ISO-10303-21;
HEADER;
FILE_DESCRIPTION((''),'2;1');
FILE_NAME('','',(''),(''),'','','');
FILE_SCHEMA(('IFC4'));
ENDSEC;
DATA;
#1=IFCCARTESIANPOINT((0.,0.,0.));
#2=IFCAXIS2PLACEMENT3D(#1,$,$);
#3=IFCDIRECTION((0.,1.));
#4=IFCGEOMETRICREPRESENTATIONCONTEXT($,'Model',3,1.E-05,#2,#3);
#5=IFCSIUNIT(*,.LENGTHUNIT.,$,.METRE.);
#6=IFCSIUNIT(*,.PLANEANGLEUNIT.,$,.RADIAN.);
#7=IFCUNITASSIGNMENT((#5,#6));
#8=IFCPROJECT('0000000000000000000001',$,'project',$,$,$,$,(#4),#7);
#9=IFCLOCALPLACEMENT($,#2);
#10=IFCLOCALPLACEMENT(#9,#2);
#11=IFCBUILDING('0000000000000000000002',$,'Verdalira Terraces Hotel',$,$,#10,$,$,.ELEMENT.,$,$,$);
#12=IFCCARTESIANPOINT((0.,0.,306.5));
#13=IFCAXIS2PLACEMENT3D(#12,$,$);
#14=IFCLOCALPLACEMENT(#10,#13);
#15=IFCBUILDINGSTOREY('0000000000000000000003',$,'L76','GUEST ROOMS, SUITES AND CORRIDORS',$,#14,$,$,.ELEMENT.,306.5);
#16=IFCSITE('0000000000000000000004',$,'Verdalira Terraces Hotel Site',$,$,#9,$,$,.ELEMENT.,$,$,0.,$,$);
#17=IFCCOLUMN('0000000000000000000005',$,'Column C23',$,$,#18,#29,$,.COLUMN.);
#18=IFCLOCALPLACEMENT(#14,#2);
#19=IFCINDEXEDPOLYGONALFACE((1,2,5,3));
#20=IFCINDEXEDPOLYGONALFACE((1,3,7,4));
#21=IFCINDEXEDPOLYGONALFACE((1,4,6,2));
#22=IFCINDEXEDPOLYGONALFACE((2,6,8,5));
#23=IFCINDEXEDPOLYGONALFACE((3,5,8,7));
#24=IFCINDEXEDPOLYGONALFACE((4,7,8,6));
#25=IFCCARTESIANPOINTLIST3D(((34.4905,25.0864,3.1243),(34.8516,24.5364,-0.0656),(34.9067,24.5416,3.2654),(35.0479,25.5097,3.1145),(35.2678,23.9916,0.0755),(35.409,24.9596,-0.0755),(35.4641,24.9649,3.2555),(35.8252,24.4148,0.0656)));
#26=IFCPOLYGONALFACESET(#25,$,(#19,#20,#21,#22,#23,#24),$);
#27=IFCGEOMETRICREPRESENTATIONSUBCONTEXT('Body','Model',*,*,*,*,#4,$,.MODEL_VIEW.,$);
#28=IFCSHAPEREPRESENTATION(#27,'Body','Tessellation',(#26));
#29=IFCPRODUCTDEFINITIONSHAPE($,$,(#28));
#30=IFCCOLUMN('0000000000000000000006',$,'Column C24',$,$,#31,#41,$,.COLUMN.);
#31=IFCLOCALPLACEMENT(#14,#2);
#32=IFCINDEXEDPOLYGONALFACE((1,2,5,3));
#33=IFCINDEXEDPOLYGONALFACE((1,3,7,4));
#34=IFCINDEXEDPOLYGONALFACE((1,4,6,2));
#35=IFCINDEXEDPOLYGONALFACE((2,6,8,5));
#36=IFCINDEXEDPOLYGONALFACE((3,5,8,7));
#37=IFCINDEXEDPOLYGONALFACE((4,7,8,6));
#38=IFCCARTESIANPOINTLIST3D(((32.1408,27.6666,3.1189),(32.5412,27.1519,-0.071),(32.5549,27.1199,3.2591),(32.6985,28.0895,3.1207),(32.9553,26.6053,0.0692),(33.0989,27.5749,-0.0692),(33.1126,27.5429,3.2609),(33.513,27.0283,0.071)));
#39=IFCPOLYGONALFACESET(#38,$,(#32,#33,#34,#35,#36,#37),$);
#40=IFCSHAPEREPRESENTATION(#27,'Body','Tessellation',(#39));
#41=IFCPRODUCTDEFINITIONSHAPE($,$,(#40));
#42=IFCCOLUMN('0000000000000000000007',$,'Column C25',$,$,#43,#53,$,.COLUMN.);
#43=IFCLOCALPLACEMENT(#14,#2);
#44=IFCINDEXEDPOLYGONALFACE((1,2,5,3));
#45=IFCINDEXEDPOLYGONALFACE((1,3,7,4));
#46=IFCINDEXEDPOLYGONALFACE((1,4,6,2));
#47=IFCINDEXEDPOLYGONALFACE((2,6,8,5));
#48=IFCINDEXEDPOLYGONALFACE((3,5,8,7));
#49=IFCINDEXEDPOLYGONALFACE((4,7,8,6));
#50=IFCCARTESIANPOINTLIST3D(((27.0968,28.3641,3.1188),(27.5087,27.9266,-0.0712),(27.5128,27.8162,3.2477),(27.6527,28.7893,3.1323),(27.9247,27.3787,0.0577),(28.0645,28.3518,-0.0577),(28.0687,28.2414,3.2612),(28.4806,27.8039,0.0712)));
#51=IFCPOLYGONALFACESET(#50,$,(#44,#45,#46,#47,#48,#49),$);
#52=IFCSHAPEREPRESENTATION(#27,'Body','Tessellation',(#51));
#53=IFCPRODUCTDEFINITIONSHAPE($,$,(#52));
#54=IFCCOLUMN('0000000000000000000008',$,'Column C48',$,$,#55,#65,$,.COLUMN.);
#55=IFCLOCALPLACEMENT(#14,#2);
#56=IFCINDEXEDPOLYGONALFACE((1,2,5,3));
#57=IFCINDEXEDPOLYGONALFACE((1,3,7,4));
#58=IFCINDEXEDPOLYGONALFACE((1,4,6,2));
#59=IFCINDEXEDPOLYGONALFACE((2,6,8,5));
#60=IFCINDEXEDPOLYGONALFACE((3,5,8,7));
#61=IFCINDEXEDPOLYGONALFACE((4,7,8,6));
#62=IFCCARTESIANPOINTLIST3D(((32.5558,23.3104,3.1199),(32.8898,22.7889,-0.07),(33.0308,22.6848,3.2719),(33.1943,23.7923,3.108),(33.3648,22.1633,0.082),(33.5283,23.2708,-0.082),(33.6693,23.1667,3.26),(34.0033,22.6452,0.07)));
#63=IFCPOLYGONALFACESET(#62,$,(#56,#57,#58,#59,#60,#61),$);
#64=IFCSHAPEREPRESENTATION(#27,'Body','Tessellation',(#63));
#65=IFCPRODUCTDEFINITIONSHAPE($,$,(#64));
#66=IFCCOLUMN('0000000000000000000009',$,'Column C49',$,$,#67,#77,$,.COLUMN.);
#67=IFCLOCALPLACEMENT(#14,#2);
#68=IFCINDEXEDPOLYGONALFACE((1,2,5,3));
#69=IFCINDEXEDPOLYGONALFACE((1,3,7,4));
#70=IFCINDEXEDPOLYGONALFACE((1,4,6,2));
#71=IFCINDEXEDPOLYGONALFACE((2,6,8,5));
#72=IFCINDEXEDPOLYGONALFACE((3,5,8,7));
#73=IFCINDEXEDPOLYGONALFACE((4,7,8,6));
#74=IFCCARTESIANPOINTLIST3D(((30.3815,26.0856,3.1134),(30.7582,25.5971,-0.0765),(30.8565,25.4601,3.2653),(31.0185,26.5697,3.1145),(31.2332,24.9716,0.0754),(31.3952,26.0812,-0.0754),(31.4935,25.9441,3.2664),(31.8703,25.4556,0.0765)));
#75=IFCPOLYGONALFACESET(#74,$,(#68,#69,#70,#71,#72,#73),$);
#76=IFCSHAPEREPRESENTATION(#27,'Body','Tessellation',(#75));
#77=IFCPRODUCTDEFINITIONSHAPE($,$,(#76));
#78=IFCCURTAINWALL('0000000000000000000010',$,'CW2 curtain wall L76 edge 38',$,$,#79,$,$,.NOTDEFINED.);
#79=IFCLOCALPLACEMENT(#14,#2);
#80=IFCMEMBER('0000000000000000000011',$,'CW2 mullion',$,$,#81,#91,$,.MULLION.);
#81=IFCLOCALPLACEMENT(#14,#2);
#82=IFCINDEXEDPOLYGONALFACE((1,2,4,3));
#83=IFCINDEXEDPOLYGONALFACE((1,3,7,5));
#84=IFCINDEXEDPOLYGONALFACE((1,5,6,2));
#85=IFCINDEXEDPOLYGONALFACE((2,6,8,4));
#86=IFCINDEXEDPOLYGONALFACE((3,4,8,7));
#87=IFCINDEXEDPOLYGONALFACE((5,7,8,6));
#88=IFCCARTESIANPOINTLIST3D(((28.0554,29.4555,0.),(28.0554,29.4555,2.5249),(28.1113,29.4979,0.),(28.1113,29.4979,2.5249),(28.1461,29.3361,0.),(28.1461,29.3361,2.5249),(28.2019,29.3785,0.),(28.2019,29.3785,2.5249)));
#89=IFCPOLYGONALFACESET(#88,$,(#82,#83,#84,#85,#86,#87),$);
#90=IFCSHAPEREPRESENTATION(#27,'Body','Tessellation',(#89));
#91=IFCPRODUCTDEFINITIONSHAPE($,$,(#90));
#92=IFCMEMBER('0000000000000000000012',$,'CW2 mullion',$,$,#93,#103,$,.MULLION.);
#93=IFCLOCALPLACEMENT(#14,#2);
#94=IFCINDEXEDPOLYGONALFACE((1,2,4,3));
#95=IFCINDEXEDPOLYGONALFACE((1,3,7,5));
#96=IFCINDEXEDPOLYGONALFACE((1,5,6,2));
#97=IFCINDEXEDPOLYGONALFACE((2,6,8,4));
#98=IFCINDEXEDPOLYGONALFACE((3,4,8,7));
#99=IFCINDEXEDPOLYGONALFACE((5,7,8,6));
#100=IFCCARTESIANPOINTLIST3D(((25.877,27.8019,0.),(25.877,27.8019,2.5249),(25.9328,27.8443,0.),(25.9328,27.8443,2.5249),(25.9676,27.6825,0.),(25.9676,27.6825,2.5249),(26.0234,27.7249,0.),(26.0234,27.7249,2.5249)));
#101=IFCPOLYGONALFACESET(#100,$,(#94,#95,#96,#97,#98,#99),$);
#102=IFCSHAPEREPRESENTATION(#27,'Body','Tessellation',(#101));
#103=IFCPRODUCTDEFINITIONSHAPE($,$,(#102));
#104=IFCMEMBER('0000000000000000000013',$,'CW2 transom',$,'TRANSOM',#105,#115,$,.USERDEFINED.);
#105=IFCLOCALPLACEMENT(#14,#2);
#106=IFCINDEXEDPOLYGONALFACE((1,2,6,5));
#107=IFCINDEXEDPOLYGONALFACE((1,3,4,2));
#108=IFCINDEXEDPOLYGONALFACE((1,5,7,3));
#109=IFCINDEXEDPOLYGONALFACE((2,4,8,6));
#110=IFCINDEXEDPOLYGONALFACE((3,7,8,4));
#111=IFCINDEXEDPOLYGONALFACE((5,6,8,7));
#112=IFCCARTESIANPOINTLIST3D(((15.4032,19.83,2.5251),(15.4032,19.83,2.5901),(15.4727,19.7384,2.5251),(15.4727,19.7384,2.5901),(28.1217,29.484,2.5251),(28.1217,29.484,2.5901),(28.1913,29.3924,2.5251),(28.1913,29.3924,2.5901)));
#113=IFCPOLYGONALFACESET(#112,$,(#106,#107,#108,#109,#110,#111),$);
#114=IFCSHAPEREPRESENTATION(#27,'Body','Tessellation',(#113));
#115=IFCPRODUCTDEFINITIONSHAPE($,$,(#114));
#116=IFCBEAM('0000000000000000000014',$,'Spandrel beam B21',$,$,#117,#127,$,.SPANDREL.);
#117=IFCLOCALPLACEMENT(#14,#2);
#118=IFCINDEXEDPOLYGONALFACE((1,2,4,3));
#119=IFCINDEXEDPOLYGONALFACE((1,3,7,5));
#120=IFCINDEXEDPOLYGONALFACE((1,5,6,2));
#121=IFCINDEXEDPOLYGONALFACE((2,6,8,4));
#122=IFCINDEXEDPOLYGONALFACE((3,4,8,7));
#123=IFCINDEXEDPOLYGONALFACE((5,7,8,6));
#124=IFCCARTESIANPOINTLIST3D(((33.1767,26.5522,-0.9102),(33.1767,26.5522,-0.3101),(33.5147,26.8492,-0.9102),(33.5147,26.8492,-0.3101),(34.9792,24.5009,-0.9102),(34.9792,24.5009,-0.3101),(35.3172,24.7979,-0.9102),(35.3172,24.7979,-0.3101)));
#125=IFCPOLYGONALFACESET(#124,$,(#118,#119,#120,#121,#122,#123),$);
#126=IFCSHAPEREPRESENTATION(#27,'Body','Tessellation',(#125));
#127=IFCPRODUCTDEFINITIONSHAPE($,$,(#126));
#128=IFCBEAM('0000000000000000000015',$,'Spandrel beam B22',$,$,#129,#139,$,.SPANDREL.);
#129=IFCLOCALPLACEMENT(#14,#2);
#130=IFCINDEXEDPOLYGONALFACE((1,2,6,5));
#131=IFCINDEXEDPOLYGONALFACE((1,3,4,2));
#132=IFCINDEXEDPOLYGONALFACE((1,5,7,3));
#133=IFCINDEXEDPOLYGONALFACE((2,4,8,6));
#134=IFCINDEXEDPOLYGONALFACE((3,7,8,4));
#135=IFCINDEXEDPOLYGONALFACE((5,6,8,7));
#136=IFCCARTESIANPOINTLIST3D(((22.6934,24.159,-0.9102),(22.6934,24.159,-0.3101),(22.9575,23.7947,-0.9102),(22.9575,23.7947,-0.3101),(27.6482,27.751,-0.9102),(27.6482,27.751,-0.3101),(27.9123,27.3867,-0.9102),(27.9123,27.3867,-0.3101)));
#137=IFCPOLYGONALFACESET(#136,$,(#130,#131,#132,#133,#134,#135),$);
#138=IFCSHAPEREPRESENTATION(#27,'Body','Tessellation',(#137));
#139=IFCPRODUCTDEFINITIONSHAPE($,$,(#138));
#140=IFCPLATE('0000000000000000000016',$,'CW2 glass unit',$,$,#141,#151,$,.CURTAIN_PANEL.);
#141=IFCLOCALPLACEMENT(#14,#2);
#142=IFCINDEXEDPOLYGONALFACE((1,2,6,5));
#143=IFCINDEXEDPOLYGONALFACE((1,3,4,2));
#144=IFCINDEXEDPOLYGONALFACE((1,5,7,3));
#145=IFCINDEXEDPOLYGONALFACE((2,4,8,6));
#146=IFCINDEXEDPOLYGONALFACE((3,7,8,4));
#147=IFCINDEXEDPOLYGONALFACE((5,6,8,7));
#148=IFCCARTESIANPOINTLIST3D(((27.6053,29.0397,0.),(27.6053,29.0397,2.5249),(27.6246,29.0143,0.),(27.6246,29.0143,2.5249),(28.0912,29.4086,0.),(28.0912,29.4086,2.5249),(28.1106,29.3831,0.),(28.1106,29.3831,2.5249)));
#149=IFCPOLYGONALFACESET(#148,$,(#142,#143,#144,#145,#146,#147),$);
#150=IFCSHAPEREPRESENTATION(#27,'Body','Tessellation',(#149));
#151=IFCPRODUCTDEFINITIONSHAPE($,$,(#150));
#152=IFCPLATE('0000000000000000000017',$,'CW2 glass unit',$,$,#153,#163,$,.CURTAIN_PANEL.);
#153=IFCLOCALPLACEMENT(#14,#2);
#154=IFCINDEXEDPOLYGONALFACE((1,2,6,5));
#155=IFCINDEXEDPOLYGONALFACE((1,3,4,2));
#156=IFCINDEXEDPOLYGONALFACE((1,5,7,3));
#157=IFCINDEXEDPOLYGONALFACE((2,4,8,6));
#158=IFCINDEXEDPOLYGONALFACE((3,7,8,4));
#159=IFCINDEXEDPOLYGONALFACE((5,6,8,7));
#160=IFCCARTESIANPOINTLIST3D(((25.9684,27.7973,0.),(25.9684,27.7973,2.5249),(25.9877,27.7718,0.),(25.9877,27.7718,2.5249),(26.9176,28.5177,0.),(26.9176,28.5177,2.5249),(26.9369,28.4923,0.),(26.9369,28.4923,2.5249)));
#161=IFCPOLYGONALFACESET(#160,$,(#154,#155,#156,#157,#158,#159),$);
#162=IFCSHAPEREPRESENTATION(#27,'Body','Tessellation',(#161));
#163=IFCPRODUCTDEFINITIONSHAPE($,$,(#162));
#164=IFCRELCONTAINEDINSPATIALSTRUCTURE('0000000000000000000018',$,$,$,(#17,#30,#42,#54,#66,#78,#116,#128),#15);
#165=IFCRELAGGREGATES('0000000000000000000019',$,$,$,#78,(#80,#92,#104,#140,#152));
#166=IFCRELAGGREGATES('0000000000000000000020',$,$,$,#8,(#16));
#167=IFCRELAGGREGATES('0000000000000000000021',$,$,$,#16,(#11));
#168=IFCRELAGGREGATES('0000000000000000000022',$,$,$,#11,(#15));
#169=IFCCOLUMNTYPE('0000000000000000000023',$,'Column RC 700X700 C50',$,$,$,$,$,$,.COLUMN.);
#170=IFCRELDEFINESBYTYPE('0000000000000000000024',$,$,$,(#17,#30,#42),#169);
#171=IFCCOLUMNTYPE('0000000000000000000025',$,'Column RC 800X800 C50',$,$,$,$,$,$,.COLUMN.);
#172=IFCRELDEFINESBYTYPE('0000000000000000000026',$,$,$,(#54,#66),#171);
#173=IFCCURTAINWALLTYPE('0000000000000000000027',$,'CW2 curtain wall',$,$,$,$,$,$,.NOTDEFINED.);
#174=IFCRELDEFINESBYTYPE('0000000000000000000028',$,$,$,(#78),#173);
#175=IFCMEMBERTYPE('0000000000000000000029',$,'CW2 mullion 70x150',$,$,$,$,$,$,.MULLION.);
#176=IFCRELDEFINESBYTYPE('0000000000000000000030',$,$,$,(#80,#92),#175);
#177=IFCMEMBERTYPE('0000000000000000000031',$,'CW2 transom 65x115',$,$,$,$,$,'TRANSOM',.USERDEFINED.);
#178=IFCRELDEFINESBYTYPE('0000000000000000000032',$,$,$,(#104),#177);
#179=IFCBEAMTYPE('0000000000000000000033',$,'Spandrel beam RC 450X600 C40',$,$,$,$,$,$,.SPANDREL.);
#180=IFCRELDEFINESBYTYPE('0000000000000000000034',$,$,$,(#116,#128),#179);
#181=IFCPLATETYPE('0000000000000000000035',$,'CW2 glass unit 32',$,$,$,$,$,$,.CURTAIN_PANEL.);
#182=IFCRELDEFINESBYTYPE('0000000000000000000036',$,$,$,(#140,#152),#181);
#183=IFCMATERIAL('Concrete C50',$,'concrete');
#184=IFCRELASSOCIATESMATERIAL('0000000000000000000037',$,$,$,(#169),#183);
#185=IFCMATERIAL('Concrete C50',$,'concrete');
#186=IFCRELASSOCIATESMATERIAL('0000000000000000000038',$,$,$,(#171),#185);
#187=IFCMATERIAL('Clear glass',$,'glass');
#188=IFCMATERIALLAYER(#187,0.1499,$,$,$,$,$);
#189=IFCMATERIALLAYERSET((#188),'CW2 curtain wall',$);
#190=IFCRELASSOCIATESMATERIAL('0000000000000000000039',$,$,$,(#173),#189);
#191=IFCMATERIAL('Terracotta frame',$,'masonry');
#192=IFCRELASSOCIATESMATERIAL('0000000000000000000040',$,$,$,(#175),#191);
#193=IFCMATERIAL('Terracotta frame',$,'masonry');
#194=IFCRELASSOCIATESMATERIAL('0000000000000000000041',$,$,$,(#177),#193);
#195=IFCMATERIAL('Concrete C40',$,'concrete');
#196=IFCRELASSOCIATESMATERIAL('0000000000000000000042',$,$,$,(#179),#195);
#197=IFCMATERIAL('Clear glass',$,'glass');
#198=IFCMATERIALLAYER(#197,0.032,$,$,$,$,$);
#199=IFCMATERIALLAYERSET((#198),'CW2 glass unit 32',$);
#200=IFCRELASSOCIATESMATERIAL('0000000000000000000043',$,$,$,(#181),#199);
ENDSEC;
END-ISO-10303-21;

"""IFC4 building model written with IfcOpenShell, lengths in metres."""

from ifc_helpers import new_model, si_unit, direction, frame, origin, origin_2d, place, context, subcontext, project, spatial, rectangle, extrude, material, layer, layer_set, material_profile, profile_set, type_object, element, aggregate, save


model = new_model("IFC4")

# Units and contexts
model_context = context("Model", 3, precision=1e-05, world=origin(), true_north=direction((0.0, 1.0)))
body_context = subcontext(model_context, "Body", "Model", "MODEL_VIEW")
ifc_project = project(units=[si_unit("LENGTHUNIT", "METRE"), si_unit("PLANEANGLEUNIT", "RADIAN")], contexts=[model_context])

# Site, building, storey
site_placement = place(None, origin())
site = spatial("IfcSite", under=ifc_project, at=site_placement, Name="Verdalira Terraces Hotel Site", CompositionType="ELEMENT", RefElevation=0.0)
building_placement = place(site_placement, origin())
building = spatial("IfcBuilding", under=site, at=building_placement, Name="Verdalira Terraces Hotel", CompositionType="ELEMENT")
storey_placement = place(building_placement, frame((0.0, 0.0, 306.5)))
storey = spatial("IfcBuildingStorey", under=building, at=storey_placement, Name="L76", Description="GUEST ROOMS, SUITES AND CORRIDORS", CompositionType="ELEMENT", Elevation=306.5)

# Columns
ifc_material_1 = material(Name="Concrete C50", Category="concrete")
ifc_material_profile_1 = material_profile(ifc_material_1, rectangle(XDim=0.7, YDim=0.7, at=origin_2d()), Name="RC 700X700")
ifc_profile_set_1 = profile_set([ifc_material_profile_1], Name="Concrete C50")
column_type_1 = type_object("IfcColumnType", Name="Column RC 700X700 C50", PredefinedType="COLUMN", material=ifc_profile_set_1)
column_1_placement = place(storey_placement, frame((35.3384, 24.4756, 0.0), z_axis=(-0.110861, 0.168877, 0.979383), x_axis=(-0.594615, 0.778347, -0.201519)))
element("IfcColumn", 1, at=column_1_placement, inside=storey, type_object=column_type_1, Name="Column C23", PredefinedType="COLUMN", context=body_context, shape_type="SweptSolid", body=[
    extrude(rectangle(XDim=0.7, YDim=0.7, at=origin_2d()), origin(), (0.0, 0.0, 1.0), 3.2571),
])
column_2_placement = place(storey_placement, frame((33.0271, 27.0901, 0.0), z_axis=(-0.122974, 0.158066, 0.979741), x_axis=(-0.591631, 0.780943, -0.200253)))
element("IfcColumn", 2, at=column_2_placement, inside=storey, type_object=column_type_1, Name="Column C24", PredefinedType="COLUMN", context=body_context, shape_type="SweptSolid", body=[
    extrude(rectangle(XDim=0.7, YDim=0.7, at=origin_2d()), origin(), (0.0, 0.0, 1.0), 3.2559),
])
column_3_placement = place(storey_placement, frame((27.9946, 27.8652, 0.0), z_axis=(-0.126882, 0.13478, 0.982718), x_axis=(-0.794124, -0.607451, -0.01922)))
element("IfcColumn", 3, at=column_3_placement, inside=storey, type_object=column_type_1, Name="Column C25", PredefinedType="COLUMN", context=body_context, shape_type="SweptSolid", body=[
    extrude(rectangle(XDim=0.7, YDim=0.7, at=origin_2d()), origin(), (0.0, 0.0, 1.0), 3.2461),
])
ifc_material_2 = material(Name="Concrete C50", Category="concrete")
ifc_material_profile_2 = material_profile(ifc_material_2, rectangle(XDim=0.8, YDim=0.8, at=origin_2d()), Name="RC 800X800")
ifc_profile_set_2 = profile_set([ifc_material_profile_2], Name="Concrete C50")
column_type_2 = type_object("IfcColumnType", Name="Column RC 800X800 C50", PredefinedType="COLUMN", material=ifc_profile_set_2)
column_4_placement = place(storey_placement, frame((33.4465, 22.717, 0.0), z_axis=(-0.10278, 0.160482, 0.981673), x_axis=(0.798112, 0.602325, -0.014905)))
element("IfcColumn", 4, at=column_4_placement, inside=storey, type_object=column_type_2, Name="Column C48", PredefinedType="COLUMN", context=body_context, shape_type="SweptSolid", body=[
    extrude(rectangle(XDim=0.8, YDim=0.8, at=origin_2d()), origin(), (0.0, 0.0, 1.0), 3.2495),
])
column_5_placement = place(storey_placement, frame((31.3142, 25.5264, 0.0), z_axis=(-0.115945, 0.15036, 0.981809), x_axis=(0.796208, 0.605022, 0.00137)))
element("IfcColumn", 5, at=column_5_placement, inside=storey, type_object=column_type_2, Name="Column C49", PredefinedType="COLUMN", context=body_context, shape_type="SweptSolid", body=[
    extrude(rectangle(XDim=0.8, YDim=0.8, at=origin_2d()), origin(), (0.0, 0.0, 1.0), 3.249),
])

# Curtain wall, members
ifc_material_3 = material(Name="Clear glass", Category="glass")
ifc_layer_1 = layer(ifc_material_3, 0.1499)
ifc_layer_set_1 = layer_set([ifc_layer_1], Name="CW2 curtain wall")
curtain_wall_type = type_object("IfcCurtainWallType", Name="CW2 curtain wall", PredefinedType="NOTDEFINED", material=ifc_layer_set_1)
curtain_wall_placement = place(storey_placement, origin())
curtain_wall = element("IfcCurtainWall", 6, at=curtain_wall_placement, inside=storey, type_object=curtain_wall_type, Name="CW2 curtain wall L76 edge 38", PredefinedType="NOTDEFINED")
ifc_material_4 = material(Name="Terracotta frame", Category="masonry")
ifc_material_profile_3 = material_profile(ifc_material_4, rectangle(XDim=0.0701, YDim=0.1499, at=origin_2d()), Name="MU 70x150")
ifc_profile_set_3 = profile_set([ifc_material_profile_3], Name="Terracotta frame")
member_type_1 = type_object("IfcMemberType", Name="CW2 mullion 70x150", PredefinedType="MULLION", material=ifc_profile_set_3)
member_1_placement = place(storey_placement, frame((28.1287, 29.417, 0.0), z_axis=(0.0, 0.0, 1.0), x_axis=(-0.79653, -0.604599, 0.0)))
member_1 = element("IfcMember", 7, at=member_1_placement, type_object=member_type_1, Name="CW2 mullion", PredefinedType="MULLION", context=body_context, shape_type="SweptSolid", body=[
    extrude(rectangle(XDim=0.0701, YDim=0.1499, at=origin_2d()), origin(), (0.0, 0.0, 1.0), 2.5249),
])
member_2_placement = place(storey_placement, frame((25.9502, 27.7634, 0.0), z_axis=(0.0, 0.0, 1.0), x_axis=(-0.79653, -0.604599, 0.0)))
member_2 = element("IfcMember", 8, at=member_2_placement, type_object=member_type_1, Name="CW2 mullion", PredefinedType="MULLION", context=body_context, shape_type="SweptSolid", body=[
    extrude(rectangle(XDim=0.0701, YDim=0.1499, at=origin_2d()), origin(), (0.0, 0.0, 1.0), 2.5249),
])
ifc_material_5 = material(Name="Terracotta frame", Category="masonry")
ifc_material_profile_4 = material_profile(ifc_material_5, rectangle(XDim=0.115, YDim=0.0649, at=origin_2d()), Name="TR 65x115")
ifc_profile_set_4 = profile_set([ifc_material_profile_4], Name="Terracotta frame")
member_type_2 = type_object("IfcMemberType", Name="CW2 transom 65x115", ElementType="TRANSOM", PredefinedType="USERDEFINED", material=ifc_profile_set_4)
member_3_placement = place(storey_placement, frame((28.1565, 29.4382, 2.5576), z_axis=(-0.796524, -0.604606, 0.0), x_axis=(0.604606, -0.796524, 0.0)))
member_3 = element("IfcMember", 9, at=member_3_placement, type_object=member_type_2, Name="CW2 transom", ObjectType="TRANSOM", PredefinedType="USERDEFINED", context=body_context, shape_type="SweptSolid", body=[
    extrude(rectangle(XDim=0.115, YDim=0.0649, at=origin_2d()), origin(), (0.0, 0.0, 1.0), 15.9675),
])

# Beams
ifc_material_6 = material(Name="Concrete C40", Category="concrete")
ifc_material_profile_5 = material_profile(ifc_material_6, rectangle(XDim=0.45, YDim=0.6001, at=origin_2d()), Name="RC 450X600")
ifc_profile_set_5 = profile_set([ifc_material_profile_5], Name="Concrete C40")
beam_type = type_object("IfcBeamType", Name="Spandrel beam RC 450X600 C40", PredefinedType="SPANDREL", material=ifc_profile_set_5)
beam_1_placement = place(storey_placement, frame((35.1482, 24.6494, -0.6101), z_axis=(-0.660086, 0.75119, 0.0), x_axis=(-0.75119, -0.660086, 0.0)))
element("IfcBeam", 10, at=beam_1_placement, inside=storey, type_object=beam_type, Name="Spandrel beam B21", PredefinedType="SPANDREL", context=body_context, shape_type="SweptSolid", body=[
    extrude(rectangle(XDim=0.45, YDim=0.6001, at=origin_2d()), origin(), (0.0, 0.0, 1.0), 2.7307),
])
beam_2_placement = place(storey_placement, frame((27.7803, 27.5688, -0.6101), z_axis=(-0.809627, -0.586945, 0.0), x_axis=(0.586945, -0.809627, 0.0)))
element("IfcBeam", 11, at=beam_2_placement, inside=storey, type_object=beam_type, Name="Spandrel beam B22", PredefinedType="SPANDREL", context=body_context, shape_type="SweptSolid", body=[
    extrude(rectangle(XDim=0.45, YDim=0.6001, at=origin_2d()), origin(), (0.0, 0.0, 1.0), 6.1199),
])

# Plates
ifc_material_7 = material(Name="Clear glass", Category="glass")
ifc_layer_2 = layer(ifc_material_7, 0.032)
ifc_layer_set_2 = layer_set([ifc_layer_2], Name="CW2 glass unit 32")
plate_type = type_object("IfcPlateType", Name="CW2 glass unit 32", PredefinedType="CURTAIN_PANEL", material=ifc_layer_set_2)
plate_1_placement = place(storey_placement, frame((27.8579, 29.2114, 0.0), z_axis=(0.0, 0.0, 1.0), x_axis=(-0.79653, -0.604599, 0.0)))
plate_1 = element("IfcPlate", 12, at=plate_1_placement, type_object=plate_type, Name="CW2 glass unit", PredefinedType="CURTAIN_PANEL", context=body_context, shape_type="SweptSolid", body=[
    extrude(rectangle(XDim=0.6101, YDim=0.032, at=origin_2d()), origin(), (0.0, 0.0, 1.0), 2.5249),
])
plate_2_placement = place(storey_placement, frame((26.4526, 28.1448, 0.0), z_axis=(0.0, 0.0, 1.0), x_axis=(-0.79653, -0.604599, 0.0)))
plate_2 = element("IfcPlate", 13, at=plate_2_placement, type_object=plate_type, Name="CW2 glass unit", PredefinedType="CURTAIN_PANEL", context=body_context, shape_type="SweptSolid", body=[
    extrude(rectangle(XDim=1.1917, YDim=0.032, at=origin_2d()), origin(), (0.0, 0.0, 1.0), 2.5249),
])
aggregate(curtain_wall, [member_1, member_2, member_3, plate_1, plate_2])

save(model, "model.ifc")
